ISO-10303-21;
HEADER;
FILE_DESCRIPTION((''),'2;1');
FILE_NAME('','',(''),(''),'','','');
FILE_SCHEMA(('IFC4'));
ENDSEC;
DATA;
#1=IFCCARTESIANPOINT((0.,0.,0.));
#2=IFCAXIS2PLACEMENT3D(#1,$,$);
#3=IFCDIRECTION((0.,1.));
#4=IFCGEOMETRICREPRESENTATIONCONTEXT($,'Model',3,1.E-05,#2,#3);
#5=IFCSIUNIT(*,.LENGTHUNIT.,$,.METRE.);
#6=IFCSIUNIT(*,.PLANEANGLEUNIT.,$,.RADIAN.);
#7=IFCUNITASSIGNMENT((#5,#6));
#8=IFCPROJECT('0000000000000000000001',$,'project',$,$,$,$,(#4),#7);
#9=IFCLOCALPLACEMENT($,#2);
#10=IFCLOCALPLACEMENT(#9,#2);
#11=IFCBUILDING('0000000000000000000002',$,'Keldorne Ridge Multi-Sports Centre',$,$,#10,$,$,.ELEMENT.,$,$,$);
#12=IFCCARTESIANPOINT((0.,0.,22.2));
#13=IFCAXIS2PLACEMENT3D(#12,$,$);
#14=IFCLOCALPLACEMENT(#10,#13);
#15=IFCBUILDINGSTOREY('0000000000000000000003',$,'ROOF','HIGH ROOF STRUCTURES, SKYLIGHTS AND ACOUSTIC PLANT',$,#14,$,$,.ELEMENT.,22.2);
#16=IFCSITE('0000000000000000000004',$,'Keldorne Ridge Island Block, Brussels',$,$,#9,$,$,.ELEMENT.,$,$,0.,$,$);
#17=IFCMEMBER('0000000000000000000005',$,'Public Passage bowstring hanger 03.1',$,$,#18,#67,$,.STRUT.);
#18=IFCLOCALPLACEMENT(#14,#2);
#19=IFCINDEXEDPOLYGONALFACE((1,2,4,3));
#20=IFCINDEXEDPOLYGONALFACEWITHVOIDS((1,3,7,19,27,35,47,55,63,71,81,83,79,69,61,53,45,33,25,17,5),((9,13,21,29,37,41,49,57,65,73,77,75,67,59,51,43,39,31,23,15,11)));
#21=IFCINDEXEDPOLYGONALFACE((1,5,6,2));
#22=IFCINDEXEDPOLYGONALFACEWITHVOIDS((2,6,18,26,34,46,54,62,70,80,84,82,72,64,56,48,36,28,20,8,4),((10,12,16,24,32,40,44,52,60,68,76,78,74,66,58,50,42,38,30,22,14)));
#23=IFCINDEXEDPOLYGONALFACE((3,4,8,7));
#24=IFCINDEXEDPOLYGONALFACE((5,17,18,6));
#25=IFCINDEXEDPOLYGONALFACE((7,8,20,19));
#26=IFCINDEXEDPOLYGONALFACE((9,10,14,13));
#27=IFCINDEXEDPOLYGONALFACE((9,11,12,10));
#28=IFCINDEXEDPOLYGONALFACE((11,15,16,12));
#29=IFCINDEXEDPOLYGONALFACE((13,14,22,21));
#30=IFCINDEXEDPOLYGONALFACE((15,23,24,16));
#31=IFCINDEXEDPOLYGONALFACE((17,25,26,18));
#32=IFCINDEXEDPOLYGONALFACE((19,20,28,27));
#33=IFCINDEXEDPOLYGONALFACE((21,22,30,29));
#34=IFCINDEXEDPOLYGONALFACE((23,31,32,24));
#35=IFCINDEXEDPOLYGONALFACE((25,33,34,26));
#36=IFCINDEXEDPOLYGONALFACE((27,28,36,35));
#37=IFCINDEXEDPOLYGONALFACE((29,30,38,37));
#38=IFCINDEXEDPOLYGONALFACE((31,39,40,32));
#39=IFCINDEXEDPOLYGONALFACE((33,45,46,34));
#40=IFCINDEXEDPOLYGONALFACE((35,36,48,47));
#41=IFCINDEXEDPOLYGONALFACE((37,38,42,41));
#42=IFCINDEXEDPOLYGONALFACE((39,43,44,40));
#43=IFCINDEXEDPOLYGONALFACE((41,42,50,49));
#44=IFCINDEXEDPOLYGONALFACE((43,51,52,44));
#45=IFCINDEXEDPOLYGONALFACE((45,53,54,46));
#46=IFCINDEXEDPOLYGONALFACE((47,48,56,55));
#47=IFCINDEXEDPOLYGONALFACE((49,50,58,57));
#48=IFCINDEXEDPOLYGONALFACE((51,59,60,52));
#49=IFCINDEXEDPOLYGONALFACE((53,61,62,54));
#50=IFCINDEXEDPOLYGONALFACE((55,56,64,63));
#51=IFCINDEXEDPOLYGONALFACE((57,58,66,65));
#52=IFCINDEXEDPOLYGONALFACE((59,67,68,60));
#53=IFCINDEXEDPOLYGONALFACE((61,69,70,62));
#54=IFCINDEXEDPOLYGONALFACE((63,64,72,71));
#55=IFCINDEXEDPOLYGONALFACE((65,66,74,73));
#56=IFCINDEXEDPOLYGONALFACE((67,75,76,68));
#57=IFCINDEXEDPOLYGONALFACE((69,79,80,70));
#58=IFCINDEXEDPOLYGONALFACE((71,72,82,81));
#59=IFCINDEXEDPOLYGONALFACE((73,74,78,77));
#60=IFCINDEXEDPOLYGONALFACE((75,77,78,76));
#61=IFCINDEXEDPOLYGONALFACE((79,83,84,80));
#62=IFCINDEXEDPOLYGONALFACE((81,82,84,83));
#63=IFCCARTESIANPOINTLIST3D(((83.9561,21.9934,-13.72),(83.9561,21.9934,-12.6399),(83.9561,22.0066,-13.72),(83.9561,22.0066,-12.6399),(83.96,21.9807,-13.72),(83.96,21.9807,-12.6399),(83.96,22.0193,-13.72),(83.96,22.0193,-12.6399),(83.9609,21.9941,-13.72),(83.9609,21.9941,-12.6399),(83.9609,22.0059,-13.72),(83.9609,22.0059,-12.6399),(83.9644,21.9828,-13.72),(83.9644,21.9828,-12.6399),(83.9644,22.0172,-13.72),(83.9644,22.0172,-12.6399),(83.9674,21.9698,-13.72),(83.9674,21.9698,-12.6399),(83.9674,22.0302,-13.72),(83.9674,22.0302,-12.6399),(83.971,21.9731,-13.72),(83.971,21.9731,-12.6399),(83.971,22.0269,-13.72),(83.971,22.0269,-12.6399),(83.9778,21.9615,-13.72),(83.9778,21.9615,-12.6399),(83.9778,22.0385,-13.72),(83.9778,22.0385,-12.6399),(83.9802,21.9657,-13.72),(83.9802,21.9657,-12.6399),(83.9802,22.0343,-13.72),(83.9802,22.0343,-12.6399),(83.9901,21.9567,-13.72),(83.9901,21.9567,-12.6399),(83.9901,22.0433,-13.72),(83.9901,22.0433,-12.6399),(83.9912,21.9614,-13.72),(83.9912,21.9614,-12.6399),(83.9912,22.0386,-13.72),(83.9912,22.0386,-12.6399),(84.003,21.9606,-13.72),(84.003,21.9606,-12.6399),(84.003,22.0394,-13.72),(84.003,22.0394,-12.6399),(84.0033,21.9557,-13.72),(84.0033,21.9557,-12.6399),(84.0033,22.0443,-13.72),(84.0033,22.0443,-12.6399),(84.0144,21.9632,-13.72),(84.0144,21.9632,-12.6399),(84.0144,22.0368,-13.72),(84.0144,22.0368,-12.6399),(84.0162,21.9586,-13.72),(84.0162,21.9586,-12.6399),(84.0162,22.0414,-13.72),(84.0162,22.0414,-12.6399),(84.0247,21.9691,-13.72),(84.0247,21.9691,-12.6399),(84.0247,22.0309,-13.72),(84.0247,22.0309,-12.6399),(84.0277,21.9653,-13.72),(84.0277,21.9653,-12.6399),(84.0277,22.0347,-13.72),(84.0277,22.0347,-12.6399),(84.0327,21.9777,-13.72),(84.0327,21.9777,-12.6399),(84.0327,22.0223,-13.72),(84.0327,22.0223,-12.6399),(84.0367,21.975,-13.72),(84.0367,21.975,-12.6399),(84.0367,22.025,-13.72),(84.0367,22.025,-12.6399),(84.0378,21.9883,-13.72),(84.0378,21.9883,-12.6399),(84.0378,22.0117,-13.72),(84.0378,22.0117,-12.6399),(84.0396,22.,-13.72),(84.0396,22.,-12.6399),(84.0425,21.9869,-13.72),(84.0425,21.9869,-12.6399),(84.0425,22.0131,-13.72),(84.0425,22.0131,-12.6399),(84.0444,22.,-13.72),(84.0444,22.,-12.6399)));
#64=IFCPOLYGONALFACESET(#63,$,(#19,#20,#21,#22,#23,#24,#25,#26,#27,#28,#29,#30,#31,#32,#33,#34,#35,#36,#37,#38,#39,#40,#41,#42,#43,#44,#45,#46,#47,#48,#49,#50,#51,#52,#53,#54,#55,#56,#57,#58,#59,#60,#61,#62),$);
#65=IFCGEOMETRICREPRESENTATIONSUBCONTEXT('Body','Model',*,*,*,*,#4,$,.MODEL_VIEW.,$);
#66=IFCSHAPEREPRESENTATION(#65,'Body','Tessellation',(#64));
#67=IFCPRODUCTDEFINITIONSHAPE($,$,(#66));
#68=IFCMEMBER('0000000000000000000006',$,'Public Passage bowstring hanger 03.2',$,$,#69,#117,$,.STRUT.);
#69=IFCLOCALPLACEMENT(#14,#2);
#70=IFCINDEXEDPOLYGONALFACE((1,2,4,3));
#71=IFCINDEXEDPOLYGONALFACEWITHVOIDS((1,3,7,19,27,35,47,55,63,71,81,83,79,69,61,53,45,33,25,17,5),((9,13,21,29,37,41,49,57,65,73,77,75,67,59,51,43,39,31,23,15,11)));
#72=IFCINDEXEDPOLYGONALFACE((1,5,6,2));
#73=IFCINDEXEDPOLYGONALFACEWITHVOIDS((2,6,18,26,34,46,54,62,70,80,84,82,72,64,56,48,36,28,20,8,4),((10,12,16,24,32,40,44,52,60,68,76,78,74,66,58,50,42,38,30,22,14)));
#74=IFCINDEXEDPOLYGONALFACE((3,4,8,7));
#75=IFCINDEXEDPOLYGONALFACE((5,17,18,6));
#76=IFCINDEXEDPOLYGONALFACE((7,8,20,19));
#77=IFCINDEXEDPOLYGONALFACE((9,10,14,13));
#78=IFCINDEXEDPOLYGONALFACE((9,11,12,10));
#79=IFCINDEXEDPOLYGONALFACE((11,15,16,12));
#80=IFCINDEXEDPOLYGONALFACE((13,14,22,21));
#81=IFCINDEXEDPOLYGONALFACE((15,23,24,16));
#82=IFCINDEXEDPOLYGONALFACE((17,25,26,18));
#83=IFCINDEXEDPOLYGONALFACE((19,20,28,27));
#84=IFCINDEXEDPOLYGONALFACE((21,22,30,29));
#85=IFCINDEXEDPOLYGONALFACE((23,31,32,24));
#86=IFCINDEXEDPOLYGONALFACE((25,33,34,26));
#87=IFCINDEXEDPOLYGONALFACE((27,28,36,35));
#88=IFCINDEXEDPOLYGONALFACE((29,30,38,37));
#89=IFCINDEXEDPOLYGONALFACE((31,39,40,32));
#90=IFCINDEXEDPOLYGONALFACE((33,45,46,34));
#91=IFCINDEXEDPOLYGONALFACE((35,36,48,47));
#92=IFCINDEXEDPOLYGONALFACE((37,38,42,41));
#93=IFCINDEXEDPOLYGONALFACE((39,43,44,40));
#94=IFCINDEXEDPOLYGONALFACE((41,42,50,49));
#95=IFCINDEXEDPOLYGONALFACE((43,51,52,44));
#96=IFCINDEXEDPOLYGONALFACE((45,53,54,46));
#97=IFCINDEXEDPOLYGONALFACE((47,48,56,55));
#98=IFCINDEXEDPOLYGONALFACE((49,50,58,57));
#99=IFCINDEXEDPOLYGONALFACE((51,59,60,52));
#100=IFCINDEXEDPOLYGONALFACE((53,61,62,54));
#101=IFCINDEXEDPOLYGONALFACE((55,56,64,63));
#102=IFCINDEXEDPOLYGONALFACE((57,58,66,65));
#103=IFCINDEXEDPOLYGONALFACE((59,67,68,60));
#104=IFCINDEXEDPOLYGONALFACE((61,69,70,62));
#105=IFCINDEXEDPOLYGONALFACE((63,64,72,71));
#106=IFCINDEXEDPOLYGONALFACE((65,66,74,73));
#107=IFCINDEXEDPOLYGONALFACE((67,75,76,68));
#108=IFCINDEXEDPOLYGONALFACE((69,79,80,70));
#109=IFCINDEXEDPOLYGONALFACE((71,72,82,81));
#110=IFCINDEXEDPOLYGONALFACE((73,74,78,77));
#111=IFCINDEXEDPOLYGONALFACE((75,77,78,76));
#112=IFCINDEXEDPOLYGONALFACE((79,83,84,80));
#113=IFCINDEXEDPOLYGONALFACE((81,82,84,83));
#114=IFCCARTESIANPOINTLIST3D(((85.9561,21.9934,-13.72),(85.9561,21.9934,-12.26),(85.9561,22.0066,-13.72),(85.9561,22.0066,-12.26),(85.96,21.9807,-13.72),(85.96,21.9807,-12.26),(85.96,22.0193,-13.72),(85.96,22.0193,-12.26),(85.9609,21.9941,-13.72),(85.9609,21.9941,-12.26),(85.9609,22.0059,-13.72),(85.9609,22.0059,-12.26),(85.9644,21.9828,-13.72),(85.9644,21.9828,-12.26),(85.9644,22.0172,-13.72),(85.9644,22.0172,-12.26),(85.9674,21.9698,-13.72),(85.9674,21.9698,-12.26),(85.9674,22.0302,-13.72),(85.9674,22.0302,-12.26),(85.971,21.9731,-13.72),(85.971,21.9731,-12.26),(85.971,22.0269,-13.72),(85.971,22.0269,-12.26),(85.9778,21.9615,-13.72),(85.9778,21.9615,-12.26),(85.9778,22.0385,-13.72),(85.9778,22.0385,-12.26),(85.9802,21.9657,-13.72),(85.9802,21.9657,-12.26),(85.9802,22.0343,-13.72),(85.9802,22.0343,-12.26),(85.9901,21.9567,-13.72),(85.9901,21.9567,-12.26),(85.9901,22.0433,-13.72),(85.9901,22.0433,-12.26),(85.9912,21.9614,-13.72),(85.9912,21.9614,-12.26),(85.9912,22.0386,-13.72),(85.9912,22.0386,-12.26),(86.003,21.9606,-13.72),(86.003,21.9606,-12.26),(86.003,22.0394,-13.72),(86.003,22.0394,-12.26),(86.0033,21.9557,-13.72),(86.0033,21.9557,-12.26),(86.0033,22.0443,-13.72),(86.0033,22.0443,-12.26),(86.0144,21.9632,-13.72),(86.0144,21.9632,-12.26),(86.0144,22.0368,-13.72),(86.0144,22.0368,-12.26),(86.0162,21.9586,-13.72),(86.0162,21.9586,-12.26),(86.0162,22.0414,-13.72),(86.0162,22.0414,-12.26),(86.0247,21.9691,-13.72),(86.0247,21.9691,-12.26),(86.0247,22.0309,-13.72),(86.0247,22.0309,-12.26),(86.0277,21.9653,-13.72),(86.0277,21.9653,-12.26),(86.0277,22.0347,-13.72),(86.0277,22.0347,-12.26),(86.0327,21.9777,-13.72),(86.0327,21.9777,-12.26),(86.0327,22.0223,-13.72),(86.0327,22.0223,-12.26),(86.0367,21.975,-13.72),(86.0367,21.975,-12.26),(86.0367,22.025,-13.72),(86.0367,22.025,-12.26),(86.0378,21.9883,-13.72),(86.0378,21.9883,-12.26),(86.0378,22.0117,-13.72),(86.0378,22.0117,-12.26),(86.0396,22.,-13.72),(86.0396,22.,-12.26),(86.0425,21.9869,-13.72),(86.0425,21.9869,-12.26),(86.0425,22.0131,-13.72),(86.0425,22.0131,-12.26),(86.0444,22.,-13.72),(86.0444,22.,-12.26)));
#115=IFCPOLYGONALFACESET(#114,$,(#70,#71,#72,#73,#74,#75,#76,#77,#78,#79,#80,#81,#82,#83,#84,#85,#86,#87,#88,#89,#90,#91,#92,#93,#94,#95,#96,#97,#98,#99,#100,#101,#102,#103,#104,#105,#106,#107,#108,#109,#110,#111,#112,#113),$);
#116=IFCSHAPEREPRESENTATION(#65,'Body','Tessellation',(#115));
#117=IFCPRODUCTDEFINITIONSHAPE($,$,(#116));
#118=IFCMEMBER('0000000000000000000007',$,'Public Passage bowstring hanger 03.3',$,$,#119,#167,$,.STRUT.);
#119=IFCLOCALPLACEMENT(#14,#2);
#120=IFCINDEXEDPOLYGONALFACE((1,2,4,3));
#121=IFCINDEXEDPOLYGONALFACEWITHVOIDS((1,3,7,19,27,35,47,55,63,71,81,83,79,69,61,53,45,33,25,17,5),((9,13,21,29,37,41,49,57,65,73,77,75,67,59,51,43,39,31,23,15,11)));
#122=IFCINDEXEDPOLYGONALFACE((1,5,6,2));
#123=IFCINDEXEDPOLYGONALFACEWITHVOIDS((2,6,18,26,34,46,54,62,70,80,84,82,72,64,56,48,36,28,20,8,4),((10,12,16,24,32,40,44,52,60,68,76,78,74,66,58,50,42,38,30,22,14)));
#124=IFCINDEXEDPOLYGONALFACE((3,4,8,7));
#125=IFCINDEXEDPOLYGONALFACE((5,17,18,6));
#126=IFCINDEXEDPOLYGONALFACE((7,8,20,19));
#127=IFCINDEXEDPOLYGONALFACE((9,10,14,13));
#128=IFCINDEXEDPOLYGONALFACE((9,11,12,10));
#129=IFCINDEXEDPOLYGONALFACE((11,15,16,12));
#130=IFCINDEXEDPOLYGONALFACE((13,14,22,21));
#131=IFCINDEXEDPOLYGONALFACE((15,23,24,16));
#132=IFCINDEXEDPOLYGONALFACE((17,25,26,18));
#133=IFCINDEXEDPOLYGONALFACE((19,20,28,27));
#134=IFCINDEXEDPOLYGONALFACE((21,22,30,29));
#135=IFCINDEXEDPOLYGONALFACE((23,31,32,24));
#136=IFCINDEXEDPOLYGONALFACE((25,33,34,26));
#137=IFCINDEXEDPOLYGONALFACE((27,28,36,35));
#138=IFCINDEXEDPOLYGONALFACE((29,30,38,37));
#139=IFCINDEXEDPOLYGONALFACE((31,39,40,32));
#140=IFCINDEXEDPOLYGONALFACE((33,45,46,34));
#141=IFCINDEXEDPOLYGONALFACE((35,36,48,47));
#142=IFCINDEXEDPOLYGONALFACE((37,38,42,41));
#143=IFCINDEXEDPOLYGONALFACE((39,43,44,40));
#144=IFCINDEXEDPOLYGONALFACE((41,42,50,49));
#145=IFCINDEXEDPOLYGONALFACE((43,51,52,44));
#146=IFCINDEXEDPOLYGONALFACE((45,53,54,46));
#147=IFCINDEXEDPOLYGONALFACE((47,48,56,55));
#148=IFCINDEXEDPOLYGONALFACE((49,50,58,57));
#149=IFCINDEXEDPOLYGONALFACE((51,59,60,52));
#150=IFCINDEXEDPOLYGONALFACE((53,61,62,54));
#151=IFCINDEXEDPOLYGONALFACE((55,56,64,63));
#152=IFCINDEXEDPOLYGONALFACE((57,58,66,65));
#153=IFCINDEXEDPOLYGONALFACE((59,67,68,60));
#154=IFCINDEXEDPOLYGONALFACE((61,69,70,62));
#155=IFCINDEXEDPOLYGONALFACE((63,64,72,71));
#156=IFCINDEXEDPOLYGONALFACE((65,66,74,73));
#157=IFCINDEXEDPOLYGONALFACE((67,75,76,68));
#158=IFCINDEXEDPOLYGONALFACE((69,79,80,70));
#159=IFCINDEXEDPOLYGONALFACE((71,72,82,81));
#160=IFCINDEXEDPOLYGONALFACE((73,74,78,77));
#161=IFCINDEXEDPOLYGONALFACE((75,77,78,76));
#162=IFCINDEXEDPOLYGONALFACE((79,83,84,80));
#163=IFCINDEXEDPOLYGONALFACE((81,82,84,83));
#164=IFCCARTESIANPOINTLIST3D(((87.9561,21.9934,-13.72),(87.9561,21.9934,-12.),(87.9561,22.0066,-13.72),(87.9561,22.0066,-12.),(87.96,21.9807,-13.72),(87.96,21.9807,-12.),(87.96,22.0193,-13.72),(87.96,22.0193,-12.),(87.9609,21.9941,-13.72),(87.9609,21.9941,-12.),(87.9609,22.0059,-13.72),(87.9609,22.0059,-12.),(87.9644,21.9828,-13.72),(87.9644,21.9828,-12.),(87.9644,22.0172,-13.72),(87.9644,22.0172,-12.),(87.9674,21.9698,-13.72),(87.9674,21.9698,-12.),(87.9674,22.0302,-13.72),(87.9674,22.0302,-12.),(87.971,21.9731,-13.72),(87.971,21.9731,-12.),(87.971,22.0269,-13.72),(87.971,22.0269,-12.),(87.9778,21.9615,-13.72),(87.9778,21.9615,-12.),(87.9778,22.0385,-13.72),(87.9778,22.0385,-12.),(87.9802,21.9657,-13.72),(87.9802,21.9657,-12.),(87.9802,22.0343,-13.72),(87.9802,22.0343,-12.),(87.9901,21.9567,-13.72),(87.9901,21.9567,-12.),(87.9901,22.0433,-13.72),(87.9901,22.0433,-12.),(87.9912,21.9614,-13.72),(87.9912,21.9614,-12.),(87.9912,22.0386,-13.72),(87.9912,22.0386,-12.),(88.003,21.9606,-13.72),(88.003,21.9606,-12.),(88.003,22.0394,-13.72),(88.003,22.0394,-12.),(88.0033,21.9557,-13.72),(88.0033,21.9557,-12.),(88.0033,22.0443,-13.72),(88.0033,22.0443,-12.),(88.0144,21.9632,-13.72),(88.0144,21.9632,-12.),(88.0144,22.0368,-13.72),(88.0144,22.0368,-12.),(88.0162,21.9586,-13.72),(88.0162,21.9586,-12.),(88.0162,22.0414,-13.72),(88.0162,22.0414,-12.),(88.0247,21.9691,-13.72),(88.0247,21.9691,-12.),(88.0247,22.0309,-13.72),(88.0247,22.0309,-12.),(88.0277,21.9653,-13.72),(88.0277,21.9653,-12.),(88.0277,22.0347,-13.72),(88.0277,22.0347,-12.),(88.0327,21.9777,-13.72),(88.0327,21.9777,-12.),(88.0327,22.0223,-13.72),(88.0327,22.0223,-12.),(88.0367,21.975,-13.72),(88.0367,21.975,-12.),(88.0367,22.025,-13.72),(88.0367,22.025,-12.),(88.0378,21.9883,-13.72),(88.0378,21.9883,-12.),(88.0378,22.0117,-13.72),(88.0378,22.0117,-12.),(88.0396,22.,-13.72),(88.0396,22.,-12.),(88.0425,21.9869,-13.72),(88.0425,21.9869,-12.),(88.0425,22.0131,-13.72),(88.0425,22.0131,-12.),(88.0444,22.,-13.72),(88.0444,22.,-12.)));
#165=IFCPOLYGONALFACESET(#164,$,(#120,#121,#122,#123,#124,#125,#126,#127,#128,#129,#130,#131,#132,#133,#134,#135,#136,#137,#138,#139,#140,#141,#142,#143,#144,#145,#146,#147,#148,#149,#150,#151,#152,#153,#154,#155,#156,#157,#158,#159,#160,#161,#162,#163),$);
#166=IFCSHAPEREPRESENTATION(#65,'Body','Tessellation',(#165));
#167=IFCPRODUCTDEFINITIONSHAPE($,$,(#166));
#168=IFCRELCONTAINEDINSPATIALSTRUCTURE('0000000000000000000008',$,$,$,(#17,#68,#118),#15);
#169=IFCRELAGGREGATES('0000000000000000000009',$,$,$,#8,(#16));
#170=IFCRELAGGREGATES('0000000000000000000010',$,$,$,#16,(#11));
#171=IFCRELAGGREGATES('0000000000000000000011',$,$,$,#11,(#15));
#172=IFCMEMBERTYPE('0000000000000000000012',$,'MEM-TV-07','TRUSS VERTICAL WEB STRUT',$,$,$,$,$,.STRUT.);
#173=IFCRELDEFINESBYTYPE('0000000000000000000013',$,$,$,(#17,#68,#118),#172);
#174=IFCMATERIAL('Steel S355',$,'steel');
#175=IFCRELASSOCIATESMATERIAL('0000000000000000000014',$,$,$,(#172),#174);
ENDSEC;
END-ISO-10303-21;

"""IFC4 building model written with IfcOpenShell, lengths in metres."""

from ifc_helpers import new_model, si_unit, direction, frame, origin, origin_2d, place, context, subcontext, project, spatial, hollow_circle, extrude, material, material_profile, profile_set, type_object, element, save


model = new_model("IFC4")

# Units and contexts
model_context = context("Model", 3, precision=1e-05, world=origin(), true_north=direction((0.0, 1.0)))
body_context = subcontext(model_context, "Body", "Model", "MODEL_VIEW")
ifc_project = project(units=[si_unit("LENGTHUNIT", "METRE"), si_unit("PLANEANGLEUNIT", "RADIAN")], contexts=[model_context])

# Site, building, storey
site_placement = place(None, origin())
site = spatial("IfcSite", under=ifc_project, at=site_placement, Name="Keldorne Ridge Island Block, Brussels", CompositionType="ELEMENT", RefElevation=0.0)
building_placement = place(site_placement, origin())
building = spatial("IfcBuilding", under=site, at=building_placement, Name="Keldorne Ridge Multi-Sports Centre", CompositionType="ELEMENT")
storey_placement = place(building_placement, frame((0.0, 0.0, 22.2)))
storey = spatial("IfcBuildingStorey", under=building, at=storey_placement, Name="ROOF", Description="HIGH ROOF STRUCTURES, SKYLIGHTS AND ACOUSTIC PLANT", CompositionType="ELEMENT", Elevation=22.2)

# Members
ifc_material = material(Name="Steel S355", Category="steel")
ifc_material_profile_1 = material_profile(ifc_material, hollow_circle(Radius=0.0444, WallThickness=0.0049, at=origin_2d()), Name="CHS 88.9x5")
ifc_profile_set_1 = profile_set([ifc_material_profile_1], Name="Steel S355")
member_type_1 = type_object("IfcMemberType", Name="MEM-TV-07", Description="TRUSS VERTICAL WEB STRUT", PredefinedType="STRUT", material=ifc_profile_set_1)
member_1_placement = place(storey_placement, frame((84.0, 22.0, -13.72), z_axis=(0.0, 0.0, 1.0), x_axis=(1.0, 0.0, 0.0)))
element("IfcMember", 1, at=member_1_placement, inside=storey, type_object=member_type_1, Name="Public Passage bowstring hanger 03.1", PredefinedType="STRUT", context=body_context, shape_type="SweptSolid", body=[
    extrude(hollow_circle(Radius=0.0444, WallThickness=0.0049, at=origin_2d()), origin(), (0.0, 0.0, 1.0), 1.0801),
])
member_2_placement = place(storey_placement, frame((86.0, 22.0, -13.72), z_axis=(0.0, 0.0, 1.0), x_axis=(1.0, 0.0, 0.0)))
element("IfcMember", 2, at=member_2_placement, inside=storey, type_object=member_type_1, Name="Public Passage bowstring hanger 03.2", PredefinedType="STRUT", context=body_context, shape_type="SweptSolid", body=[
    extrude(hollow_circle(Radius=0.0444, WallThickness=0.0049, at=origin_2d()), origin(), (0.0, 0.0, 1.0), 1.46),
])
member_3_placement = place(storey_placement, frame((88.0, 22.0, -13.72), z_axis=(0.0, 0.0, 1.0), x_axis=(1.0, 0.0, 0.0)))
element("IfcMember", 3, at=member_3_placement, inside=storey, type_object=member_type_1, Name="Public Passage bowstring hanger 03.3", PredefinedType="STRUT", context=body_context, shape_type="SweptSolid", body=[
    extrude(hollow_circle(Radius=0.0444, WallThickness=0.0049, at=origin_2d()), origin(), (0.0, 0.0, 1.0), 1.72),
])

save(model, "model.ifc")
